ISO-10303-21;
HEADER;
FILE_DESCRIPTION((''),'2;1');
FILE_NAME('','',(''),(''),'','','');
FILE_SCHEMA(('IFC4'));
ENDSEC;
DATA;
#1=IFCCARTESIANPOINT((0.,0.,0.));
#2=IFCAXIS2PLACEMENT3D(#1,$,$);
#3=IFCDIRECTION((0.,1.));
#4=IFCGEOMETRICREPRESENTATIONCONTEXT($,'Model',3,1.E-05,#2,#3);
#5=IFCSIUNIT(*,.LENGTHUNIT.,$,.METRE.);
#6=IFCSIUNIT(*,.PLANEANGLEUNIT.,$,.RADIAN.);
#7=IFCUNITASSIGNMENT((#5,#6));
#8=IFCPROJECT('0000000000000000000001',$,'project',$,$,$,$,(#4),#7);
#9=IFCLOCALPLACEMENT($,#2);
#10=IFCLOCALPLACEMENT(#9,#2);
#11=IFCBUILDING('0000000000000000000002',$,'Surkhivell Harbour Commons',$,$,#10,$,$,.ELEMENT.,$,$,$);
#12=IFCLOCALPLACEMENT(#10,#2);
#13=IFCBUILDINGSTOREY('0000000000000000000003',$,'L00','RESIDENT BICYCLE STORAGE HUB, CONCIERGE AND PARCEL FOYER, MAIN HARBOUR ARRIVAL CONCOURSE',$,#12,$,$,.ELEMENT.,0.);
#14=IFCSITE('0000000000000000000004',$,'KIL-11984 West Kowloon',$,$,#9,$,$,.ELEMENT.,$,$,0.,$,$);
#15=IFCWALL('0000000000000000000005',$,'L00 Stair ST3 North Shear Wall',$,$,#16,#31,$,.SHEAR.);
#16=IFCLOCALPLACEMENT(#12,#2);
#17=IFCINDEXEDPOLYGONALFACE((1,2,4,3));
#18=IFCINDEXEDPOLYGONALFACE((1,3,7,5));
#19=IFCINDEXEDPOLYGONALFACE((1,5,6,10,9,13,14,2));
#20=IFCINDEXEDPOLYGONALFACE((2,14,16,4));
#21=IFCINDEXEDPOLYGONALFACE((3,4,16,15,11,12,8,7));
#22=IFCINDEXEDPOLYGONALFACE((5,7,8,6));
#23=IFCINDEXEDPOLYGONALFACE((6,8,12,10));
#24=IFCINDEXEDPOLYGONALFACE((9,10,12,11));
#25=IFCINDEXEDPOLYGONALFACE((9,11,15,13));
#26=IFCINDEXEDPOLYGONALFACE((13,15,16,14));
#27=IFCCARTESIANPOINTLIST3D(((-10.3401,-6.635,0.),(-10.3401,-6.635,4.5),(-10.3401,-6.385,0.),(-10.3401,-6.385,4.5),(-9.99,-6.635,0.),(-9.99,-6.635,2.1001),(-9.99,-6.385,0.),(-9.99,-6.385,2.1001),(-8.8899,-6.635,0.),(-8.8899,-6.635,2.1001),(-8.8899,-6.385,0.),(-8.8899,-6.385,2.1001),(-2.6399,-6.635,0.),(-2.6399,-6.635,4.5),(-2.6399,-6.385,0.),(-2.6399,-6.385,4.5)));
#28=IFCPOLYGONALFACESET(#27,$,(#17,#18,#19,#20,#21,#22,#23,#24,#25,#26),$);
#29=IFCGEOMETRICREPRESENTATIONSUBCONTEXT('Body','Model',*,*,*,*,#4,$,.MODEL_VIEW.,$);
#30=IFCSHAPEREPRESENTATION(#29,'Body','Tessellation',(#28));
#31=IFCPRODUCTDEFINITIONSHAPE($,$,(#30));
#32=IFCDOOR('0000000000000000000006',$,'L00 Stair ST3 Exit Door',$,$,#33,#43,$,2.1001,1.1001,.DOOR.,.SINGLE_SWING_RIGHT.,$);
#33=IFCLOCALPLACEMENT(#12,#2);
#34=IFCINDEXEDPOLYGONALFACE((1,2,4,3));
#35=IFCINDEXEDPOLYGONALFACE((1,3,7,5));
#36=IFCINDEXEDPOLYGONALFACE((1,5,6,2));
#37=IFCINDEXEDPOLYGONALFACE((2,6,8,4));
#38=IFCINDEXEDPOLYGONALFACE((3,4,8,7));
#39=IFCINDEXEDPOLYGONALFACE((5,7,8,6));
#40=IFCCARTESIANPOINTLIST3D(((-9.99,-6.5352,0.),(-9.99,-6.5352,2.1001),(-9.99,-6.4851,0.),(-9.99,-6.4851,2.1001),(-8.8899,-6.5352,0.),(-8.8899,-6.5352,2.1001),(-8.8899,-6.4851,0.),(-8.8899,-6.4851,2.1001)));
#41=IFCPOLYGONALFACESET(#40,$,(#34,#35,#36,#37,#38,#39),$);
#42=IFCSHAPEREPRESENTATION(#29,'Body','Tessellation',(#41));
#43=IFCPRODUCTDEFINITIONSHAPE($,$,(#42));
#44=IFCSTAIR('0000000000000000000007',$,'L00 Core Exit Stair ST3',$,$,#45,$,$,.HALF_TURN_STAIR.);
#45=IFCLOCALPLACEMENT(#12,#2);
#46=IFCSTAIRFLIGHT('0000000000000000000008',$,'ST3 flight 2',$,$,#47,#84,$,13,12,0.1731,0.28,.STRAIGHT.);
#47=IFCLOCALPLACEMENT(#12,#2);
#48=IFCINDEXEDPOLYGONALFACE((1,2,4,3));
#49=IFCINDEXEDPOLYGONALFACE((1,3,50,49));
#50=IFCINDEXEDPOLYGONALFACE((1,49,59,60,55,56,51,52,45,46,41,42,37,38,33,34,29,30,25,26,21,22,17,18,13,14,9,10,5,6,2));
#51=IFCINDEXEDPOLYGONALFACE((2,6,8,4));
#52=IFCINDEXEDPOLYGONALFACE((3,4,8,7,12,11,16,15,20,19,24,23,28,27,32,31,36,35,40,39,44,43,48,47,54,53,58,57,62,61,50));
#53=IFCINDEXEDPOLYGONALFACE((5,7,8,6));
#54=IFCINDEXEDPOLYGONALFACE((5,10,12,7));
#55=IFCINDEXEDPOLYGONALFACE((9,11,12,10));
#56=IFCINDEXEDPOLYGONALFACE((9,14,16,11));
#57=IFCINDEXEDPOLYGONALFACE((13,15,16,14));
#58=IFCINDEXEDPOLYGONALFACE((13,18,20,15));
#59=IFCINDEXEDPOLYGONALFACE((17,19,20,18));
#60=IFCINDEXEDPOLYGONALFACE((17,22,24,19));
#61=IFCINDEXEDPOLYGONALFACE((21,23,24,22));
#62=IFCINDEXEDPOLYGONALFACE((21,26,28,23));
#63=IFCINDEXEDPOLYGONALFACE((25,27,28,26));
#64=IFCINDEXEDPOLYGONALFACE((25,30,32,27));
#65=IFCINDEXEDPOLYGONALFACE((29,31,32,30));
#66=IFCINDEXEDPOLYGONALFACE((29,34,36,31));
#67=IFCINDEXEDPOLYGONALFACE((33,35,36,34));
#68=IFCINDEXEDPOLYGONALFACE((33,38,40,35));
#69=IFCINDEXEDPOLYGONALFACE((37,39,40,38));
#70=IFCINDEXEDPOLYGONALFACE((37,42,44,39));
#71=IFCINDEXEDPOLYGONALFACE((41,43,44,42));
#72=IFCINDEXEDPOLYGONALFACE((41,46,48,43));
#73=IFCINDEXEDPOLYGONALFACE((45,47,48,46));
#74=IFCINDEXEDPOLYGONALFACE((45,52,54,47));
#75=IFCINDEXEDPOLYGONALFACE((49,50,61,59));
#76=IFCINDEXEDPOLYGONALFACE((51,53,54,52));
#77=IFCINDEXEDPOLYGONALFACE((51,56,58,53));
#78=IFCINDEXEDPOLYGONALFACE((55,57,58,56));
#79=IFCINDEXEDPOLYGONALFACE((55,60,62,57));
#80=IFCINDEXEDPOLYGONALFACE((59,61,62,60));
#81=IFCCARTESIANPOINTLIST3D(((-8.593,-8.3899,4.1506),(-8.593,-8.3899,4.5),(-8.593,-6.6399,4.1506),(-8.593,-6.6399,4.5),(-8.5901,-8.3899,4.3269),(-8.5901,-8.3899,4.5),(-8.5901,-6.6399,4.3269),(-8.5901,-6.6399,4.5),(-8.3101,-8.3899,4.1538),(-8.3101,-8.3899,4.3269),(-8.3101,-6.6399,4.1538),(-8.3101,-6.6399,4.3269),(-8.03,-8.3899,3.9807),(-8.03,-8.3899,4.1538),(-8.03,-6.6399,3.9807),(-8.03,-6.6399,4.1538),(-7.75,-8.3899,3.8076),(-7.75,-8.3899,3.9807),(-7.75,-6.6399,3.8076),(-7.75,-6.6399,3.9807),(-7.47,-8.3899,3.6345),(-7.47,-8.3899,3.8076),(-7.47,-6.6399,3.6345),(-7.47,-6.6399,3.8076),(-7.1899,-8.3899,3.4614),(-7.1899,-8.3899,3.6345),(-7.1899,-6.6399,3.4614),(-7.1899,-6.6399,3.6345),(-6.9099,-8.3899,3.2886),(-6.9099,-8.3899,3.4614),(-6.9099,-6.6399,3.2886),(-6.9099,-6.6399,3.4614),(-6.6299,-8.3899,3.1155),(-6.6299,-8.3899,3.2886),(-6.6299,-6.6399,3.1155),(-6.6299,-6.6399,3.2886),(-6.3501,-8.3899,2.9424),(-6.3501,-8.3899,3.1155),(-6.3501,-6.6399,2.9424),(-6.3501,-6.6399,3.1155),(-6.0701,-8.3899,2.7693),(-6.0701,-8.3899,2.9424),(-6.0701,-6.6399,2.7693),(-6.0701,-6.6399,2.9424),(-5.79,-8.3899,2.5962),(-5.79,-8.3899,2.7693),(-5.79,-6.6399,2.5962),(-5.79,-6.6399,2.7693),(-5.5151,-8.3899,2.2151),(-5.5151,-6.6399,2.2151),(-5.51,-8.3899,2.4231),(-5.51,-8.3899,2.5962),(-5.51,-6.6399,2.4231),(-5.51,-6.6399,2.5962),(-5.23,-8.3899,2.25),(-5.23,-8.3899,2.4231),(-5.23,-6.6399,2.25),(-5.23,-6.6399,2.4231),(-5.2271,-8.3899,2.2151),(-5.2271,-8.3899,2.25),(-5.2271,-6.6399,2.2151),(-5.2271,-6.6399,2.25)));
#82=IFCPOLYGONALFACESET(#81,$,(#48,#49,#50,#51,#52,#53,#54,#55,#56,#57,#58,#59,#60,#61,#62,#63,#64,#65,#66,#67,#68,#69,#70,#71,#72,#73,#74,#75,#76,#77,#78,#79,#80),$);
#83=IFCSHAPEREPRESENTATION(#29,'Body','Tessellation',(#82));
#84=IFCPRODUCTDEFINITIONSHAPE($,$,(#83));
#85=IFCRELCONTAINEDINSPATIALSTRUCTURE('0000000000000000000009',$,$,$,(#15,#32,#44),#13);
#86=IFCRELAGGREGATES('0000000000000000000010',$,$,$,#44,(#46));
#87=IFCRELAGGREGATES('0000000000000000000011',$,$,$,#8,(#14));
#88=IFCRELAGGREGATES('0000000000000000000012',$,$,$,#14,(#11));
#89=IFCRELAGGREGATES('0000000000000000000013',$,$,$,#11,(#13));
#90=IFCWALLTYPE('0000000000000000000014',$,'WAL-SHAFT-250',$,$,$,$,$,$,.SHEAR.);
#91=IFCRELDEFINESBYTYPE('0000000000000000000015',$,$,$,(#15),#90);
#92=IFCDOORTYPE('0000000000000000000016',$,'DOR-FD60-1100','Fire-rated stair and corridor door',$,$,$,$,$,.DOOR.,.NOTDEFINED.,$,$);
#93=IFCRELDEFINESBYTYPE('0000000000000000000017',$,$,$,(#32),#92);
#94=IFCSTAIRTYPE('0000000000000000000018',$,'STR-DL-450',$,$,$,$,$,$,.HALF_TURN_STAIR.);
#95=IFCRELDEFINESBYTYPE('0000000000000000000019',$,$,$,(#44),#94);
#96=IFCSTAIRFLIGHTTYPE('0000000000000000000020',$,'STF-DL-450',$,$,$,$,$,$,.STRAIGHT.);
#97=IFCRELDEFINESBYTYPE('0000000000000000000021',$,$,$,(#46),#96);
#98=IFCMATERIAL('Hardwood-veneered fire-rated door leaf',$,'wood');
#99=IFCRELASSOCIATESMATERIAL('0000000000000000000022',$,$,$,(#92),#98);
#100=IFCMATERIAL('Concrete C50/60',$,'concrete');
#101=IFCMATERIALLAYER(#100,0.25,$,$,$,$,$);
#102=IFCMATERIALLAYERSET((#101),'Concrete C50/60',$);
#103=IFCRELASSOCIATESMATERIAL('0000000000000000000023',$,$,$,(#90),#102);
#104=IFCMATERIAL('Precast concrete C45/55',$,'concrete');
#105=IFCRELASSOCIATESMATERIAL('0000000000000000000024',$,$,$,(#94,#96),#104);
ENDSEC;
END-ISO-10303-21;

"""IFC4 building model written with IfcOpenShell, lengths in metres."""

from ifc_helpers import new_model, si_unit, direction, frame, frame_2d, origin, place, context, subcontext, project, spatial, polyline, rectangle, outline, extrude, material, layer, layer_set, type_object, element, fill, aggregate, save


model = new_model("IFC4")

# Units and contexts
model_context = context("Model", 3, precision=1e-05, world=origin(), true_north=direction((0.0, 1.0)))
body_context = subcontext(model_context, "Body", "Model", "MODEL_VIEW")
ifc_project = project(units=[si_unit("LENGTHUNIT", "METRE"), si_unit("PLANEANGLEUNIT", "RADIAN")], contexts=[model_context])

# Site, building, storey
site_placement = place(None, origin())
site = spatial("IfcSite", under=ifc_project, at=site_placement, Name="KIL-11984 West Kowloon", CompositionType="ELEMENT", RefElevation=0.0)
building_placement = place(site_placement, origin())
building = spatial("IfcBuilding", under=site, at=building_placement, Name="Surkhivell Harbour Commons", CompositionType="ELEMENT")
storey_placement = place(building_placement, origin())
storey = spatial("IfcBuildingStorey", under=building, at=storey_placement, Name="L00", Description="RESIDENT BICYCLE STORAGE HUB, CONCIERGE AND PARCEL FOYER, MAIN HARBOUR ARRIVAL CONCOURSE", CompositionType="ELEMENT", Elevation=0.0)

# Shared definitions
ifc_material_1 = material(Name="Hardwood-veneered fire-rated door leaf", Category="wood")
door_type_1 = type_object("IfcDoorType", Name="DOR-FD60-1100", Description="Fire-rated stair and corridor door", OperationType="NOTDEFINED", PredefinedType="DOOR", material=ifc_material_1)

# Shared definitions
ifc_material_2 = material(Name="Concrete C50/60", Category="concrete")
ifc_layer_1 = layer(ifc_material_2, 0.25)
ifc_layer_set_1 = layer_set([ifc_layer_1], Name="Concrete C50/60")
wall_type_1 = type_object("IfcWallType", Name="WAL-SHAFT-250", PredefinedType="SHEAR", material=ifc_layer_set_1)

# Wall, opening, door
wall_1_placement = place(storey_placement, frame((-10.3401, -6.51, 0.0), z_axis=(0.0, 0.0, 1.0), x_axis=(1.0, 0.0, 0.0)))
wall_1 = element("IfcWall", 1, at=wall_1_placement, inside=storey, type_object=wall_type_1, Name="L00 Stair ST3 North Shear Wall", PredefinedType="SHEAR", context=body_context, shape_type="SweptSolid", body=[
    extrude(rectangle(XDim=7.7002, YDim=0.25, at=frame_2d((3.8501, 0.0))), origin(), (0.0, 0.0, 1.0), 4.5),
])
opening_1_placement = place(wall_1_placement, frame((0.3501, 0.0, 0.0)))
opening_1 = element("IfcOpeningElement", 2, at=opening_1_placement, cuts=wall_1, PredefinedType="OPENING", context=body_context, shape_type="SweptSolid", body=[
    extrude(rectangle(XDim=1.1001, YDim=2.1001, at=frame_2d((0.55, 1.05))), frame((0.0, 0.135, 0.0), z_axis=(0.0, -1.0, 0.0), x_axis=(1.0, 0.0, 0.0)), (0.0, 0.0, 1.0), 0.27),
])
door_1_placement = place(opening_1_placement, origin())
door_1 = element("IfcDoor", 3, at=door_1_placement, inside=storey, type_object=door_type_1, Name="L00 Stair ST3 Exit Door", OperationType="SINGLE_SWING_RIGHT", OverallHeight=2.1001, OverallWidth=1.1001, PredefinedType="DOOR", context=body_context, shape_type="SweptSolid", body=[
    extrude(rectangle(XDim=1.1001, YDim=2.1001, at=frame_2d((0.55, 1.05))), frame((0.0, 0.0249, 0.0), z_axis=(0.0, -1.0, 0.0), x_axis=(1.0, 0.0, 0.0)), (0.0, 0.0, 1.0), 0.05),
])
fill(opening_1, door_1)

# Stair, stair flight
ifc_material_3 = material(Name="Precast concrete C45/55", Category="concrete")
stair_type = type_object("IfcStairType", Name="STR-DL-450", PredefinedType="HALF_TURN_STAIR", material=ifc_material_3)
stair_placement = place(storey_placement, origin())
stair = element("IfcStair", 4, at=stair_placement, inside=storey, type_object=stair_type, Name="L00 Core Exit Stair ST3", PredefinedType="HALF_TURN_STAIR")
stair_flight_type = type_object("IfcStairFlightType", Name="STF-DL-450", PredefinedType="STRAIGHT", material=ifc_material_3)
stair_flight_placement = place(storey_placement, frame((-5.23, -7.5149, 2.25), z_axis=(0.0, 0.0, 1.0), x_axis=(-1.0, 0.0, 0.0)))
stair_flight = element("IfcStairFlight", 5, at=stair_flight_placement, type_object=stair_flight_type, Name="ST3 flight 2", NumberOfRisers=13, NumberOfTreads=12, PredefinedType="STRAIGHT", RiserHeight=0.1731, TreadLength=0.28, context=body_context, shape_type="SweptSolid", body=[
    extrude(outline(polyline([(-0.0029, -0.0349), (-0.0029, 0.0), (0.0, 0.0), (0.0, 0.1731), (0.28, 0.1731), (0.28, 0.3462), (0.5601, 0.3462), (0.5601, 0.5193), (0.8401, 0.5193), (0.8401, 0.6924), (1.1201, 0.6924), (1.1201, 0.8655), (1.3999, 0.8655), (1.3999, 1.0386), (1.6799, 1.0386), (1.6799, 1.2114), (1.96, 1.2114), (1.96, 1.3845), (2.24, 1.3845), (2.24, 1.5576), (2.52, 1.5576), (2.52, 1.7307), (2.8, 1.7307), (2.8, 1.9038), (3.0801, 1.9038), (3.0801, 2.0769), (3.3601, 2.0769), (3.3601, 2.25), (3.363, 2.25), (3.363, 1.9006), (0.2852, -0.0349), (-0.0029, -0.0349)])), frame((0.0, 0.875, 0.0), z_axis=(0.0, -1.0, 0.0), x_axis=(1.0, 0.0, 0.0)), (0.0, 0.0, 1.0), 1.75),
])
aggregate(stair, [stair_flight])

save(model, "model.ifc")
